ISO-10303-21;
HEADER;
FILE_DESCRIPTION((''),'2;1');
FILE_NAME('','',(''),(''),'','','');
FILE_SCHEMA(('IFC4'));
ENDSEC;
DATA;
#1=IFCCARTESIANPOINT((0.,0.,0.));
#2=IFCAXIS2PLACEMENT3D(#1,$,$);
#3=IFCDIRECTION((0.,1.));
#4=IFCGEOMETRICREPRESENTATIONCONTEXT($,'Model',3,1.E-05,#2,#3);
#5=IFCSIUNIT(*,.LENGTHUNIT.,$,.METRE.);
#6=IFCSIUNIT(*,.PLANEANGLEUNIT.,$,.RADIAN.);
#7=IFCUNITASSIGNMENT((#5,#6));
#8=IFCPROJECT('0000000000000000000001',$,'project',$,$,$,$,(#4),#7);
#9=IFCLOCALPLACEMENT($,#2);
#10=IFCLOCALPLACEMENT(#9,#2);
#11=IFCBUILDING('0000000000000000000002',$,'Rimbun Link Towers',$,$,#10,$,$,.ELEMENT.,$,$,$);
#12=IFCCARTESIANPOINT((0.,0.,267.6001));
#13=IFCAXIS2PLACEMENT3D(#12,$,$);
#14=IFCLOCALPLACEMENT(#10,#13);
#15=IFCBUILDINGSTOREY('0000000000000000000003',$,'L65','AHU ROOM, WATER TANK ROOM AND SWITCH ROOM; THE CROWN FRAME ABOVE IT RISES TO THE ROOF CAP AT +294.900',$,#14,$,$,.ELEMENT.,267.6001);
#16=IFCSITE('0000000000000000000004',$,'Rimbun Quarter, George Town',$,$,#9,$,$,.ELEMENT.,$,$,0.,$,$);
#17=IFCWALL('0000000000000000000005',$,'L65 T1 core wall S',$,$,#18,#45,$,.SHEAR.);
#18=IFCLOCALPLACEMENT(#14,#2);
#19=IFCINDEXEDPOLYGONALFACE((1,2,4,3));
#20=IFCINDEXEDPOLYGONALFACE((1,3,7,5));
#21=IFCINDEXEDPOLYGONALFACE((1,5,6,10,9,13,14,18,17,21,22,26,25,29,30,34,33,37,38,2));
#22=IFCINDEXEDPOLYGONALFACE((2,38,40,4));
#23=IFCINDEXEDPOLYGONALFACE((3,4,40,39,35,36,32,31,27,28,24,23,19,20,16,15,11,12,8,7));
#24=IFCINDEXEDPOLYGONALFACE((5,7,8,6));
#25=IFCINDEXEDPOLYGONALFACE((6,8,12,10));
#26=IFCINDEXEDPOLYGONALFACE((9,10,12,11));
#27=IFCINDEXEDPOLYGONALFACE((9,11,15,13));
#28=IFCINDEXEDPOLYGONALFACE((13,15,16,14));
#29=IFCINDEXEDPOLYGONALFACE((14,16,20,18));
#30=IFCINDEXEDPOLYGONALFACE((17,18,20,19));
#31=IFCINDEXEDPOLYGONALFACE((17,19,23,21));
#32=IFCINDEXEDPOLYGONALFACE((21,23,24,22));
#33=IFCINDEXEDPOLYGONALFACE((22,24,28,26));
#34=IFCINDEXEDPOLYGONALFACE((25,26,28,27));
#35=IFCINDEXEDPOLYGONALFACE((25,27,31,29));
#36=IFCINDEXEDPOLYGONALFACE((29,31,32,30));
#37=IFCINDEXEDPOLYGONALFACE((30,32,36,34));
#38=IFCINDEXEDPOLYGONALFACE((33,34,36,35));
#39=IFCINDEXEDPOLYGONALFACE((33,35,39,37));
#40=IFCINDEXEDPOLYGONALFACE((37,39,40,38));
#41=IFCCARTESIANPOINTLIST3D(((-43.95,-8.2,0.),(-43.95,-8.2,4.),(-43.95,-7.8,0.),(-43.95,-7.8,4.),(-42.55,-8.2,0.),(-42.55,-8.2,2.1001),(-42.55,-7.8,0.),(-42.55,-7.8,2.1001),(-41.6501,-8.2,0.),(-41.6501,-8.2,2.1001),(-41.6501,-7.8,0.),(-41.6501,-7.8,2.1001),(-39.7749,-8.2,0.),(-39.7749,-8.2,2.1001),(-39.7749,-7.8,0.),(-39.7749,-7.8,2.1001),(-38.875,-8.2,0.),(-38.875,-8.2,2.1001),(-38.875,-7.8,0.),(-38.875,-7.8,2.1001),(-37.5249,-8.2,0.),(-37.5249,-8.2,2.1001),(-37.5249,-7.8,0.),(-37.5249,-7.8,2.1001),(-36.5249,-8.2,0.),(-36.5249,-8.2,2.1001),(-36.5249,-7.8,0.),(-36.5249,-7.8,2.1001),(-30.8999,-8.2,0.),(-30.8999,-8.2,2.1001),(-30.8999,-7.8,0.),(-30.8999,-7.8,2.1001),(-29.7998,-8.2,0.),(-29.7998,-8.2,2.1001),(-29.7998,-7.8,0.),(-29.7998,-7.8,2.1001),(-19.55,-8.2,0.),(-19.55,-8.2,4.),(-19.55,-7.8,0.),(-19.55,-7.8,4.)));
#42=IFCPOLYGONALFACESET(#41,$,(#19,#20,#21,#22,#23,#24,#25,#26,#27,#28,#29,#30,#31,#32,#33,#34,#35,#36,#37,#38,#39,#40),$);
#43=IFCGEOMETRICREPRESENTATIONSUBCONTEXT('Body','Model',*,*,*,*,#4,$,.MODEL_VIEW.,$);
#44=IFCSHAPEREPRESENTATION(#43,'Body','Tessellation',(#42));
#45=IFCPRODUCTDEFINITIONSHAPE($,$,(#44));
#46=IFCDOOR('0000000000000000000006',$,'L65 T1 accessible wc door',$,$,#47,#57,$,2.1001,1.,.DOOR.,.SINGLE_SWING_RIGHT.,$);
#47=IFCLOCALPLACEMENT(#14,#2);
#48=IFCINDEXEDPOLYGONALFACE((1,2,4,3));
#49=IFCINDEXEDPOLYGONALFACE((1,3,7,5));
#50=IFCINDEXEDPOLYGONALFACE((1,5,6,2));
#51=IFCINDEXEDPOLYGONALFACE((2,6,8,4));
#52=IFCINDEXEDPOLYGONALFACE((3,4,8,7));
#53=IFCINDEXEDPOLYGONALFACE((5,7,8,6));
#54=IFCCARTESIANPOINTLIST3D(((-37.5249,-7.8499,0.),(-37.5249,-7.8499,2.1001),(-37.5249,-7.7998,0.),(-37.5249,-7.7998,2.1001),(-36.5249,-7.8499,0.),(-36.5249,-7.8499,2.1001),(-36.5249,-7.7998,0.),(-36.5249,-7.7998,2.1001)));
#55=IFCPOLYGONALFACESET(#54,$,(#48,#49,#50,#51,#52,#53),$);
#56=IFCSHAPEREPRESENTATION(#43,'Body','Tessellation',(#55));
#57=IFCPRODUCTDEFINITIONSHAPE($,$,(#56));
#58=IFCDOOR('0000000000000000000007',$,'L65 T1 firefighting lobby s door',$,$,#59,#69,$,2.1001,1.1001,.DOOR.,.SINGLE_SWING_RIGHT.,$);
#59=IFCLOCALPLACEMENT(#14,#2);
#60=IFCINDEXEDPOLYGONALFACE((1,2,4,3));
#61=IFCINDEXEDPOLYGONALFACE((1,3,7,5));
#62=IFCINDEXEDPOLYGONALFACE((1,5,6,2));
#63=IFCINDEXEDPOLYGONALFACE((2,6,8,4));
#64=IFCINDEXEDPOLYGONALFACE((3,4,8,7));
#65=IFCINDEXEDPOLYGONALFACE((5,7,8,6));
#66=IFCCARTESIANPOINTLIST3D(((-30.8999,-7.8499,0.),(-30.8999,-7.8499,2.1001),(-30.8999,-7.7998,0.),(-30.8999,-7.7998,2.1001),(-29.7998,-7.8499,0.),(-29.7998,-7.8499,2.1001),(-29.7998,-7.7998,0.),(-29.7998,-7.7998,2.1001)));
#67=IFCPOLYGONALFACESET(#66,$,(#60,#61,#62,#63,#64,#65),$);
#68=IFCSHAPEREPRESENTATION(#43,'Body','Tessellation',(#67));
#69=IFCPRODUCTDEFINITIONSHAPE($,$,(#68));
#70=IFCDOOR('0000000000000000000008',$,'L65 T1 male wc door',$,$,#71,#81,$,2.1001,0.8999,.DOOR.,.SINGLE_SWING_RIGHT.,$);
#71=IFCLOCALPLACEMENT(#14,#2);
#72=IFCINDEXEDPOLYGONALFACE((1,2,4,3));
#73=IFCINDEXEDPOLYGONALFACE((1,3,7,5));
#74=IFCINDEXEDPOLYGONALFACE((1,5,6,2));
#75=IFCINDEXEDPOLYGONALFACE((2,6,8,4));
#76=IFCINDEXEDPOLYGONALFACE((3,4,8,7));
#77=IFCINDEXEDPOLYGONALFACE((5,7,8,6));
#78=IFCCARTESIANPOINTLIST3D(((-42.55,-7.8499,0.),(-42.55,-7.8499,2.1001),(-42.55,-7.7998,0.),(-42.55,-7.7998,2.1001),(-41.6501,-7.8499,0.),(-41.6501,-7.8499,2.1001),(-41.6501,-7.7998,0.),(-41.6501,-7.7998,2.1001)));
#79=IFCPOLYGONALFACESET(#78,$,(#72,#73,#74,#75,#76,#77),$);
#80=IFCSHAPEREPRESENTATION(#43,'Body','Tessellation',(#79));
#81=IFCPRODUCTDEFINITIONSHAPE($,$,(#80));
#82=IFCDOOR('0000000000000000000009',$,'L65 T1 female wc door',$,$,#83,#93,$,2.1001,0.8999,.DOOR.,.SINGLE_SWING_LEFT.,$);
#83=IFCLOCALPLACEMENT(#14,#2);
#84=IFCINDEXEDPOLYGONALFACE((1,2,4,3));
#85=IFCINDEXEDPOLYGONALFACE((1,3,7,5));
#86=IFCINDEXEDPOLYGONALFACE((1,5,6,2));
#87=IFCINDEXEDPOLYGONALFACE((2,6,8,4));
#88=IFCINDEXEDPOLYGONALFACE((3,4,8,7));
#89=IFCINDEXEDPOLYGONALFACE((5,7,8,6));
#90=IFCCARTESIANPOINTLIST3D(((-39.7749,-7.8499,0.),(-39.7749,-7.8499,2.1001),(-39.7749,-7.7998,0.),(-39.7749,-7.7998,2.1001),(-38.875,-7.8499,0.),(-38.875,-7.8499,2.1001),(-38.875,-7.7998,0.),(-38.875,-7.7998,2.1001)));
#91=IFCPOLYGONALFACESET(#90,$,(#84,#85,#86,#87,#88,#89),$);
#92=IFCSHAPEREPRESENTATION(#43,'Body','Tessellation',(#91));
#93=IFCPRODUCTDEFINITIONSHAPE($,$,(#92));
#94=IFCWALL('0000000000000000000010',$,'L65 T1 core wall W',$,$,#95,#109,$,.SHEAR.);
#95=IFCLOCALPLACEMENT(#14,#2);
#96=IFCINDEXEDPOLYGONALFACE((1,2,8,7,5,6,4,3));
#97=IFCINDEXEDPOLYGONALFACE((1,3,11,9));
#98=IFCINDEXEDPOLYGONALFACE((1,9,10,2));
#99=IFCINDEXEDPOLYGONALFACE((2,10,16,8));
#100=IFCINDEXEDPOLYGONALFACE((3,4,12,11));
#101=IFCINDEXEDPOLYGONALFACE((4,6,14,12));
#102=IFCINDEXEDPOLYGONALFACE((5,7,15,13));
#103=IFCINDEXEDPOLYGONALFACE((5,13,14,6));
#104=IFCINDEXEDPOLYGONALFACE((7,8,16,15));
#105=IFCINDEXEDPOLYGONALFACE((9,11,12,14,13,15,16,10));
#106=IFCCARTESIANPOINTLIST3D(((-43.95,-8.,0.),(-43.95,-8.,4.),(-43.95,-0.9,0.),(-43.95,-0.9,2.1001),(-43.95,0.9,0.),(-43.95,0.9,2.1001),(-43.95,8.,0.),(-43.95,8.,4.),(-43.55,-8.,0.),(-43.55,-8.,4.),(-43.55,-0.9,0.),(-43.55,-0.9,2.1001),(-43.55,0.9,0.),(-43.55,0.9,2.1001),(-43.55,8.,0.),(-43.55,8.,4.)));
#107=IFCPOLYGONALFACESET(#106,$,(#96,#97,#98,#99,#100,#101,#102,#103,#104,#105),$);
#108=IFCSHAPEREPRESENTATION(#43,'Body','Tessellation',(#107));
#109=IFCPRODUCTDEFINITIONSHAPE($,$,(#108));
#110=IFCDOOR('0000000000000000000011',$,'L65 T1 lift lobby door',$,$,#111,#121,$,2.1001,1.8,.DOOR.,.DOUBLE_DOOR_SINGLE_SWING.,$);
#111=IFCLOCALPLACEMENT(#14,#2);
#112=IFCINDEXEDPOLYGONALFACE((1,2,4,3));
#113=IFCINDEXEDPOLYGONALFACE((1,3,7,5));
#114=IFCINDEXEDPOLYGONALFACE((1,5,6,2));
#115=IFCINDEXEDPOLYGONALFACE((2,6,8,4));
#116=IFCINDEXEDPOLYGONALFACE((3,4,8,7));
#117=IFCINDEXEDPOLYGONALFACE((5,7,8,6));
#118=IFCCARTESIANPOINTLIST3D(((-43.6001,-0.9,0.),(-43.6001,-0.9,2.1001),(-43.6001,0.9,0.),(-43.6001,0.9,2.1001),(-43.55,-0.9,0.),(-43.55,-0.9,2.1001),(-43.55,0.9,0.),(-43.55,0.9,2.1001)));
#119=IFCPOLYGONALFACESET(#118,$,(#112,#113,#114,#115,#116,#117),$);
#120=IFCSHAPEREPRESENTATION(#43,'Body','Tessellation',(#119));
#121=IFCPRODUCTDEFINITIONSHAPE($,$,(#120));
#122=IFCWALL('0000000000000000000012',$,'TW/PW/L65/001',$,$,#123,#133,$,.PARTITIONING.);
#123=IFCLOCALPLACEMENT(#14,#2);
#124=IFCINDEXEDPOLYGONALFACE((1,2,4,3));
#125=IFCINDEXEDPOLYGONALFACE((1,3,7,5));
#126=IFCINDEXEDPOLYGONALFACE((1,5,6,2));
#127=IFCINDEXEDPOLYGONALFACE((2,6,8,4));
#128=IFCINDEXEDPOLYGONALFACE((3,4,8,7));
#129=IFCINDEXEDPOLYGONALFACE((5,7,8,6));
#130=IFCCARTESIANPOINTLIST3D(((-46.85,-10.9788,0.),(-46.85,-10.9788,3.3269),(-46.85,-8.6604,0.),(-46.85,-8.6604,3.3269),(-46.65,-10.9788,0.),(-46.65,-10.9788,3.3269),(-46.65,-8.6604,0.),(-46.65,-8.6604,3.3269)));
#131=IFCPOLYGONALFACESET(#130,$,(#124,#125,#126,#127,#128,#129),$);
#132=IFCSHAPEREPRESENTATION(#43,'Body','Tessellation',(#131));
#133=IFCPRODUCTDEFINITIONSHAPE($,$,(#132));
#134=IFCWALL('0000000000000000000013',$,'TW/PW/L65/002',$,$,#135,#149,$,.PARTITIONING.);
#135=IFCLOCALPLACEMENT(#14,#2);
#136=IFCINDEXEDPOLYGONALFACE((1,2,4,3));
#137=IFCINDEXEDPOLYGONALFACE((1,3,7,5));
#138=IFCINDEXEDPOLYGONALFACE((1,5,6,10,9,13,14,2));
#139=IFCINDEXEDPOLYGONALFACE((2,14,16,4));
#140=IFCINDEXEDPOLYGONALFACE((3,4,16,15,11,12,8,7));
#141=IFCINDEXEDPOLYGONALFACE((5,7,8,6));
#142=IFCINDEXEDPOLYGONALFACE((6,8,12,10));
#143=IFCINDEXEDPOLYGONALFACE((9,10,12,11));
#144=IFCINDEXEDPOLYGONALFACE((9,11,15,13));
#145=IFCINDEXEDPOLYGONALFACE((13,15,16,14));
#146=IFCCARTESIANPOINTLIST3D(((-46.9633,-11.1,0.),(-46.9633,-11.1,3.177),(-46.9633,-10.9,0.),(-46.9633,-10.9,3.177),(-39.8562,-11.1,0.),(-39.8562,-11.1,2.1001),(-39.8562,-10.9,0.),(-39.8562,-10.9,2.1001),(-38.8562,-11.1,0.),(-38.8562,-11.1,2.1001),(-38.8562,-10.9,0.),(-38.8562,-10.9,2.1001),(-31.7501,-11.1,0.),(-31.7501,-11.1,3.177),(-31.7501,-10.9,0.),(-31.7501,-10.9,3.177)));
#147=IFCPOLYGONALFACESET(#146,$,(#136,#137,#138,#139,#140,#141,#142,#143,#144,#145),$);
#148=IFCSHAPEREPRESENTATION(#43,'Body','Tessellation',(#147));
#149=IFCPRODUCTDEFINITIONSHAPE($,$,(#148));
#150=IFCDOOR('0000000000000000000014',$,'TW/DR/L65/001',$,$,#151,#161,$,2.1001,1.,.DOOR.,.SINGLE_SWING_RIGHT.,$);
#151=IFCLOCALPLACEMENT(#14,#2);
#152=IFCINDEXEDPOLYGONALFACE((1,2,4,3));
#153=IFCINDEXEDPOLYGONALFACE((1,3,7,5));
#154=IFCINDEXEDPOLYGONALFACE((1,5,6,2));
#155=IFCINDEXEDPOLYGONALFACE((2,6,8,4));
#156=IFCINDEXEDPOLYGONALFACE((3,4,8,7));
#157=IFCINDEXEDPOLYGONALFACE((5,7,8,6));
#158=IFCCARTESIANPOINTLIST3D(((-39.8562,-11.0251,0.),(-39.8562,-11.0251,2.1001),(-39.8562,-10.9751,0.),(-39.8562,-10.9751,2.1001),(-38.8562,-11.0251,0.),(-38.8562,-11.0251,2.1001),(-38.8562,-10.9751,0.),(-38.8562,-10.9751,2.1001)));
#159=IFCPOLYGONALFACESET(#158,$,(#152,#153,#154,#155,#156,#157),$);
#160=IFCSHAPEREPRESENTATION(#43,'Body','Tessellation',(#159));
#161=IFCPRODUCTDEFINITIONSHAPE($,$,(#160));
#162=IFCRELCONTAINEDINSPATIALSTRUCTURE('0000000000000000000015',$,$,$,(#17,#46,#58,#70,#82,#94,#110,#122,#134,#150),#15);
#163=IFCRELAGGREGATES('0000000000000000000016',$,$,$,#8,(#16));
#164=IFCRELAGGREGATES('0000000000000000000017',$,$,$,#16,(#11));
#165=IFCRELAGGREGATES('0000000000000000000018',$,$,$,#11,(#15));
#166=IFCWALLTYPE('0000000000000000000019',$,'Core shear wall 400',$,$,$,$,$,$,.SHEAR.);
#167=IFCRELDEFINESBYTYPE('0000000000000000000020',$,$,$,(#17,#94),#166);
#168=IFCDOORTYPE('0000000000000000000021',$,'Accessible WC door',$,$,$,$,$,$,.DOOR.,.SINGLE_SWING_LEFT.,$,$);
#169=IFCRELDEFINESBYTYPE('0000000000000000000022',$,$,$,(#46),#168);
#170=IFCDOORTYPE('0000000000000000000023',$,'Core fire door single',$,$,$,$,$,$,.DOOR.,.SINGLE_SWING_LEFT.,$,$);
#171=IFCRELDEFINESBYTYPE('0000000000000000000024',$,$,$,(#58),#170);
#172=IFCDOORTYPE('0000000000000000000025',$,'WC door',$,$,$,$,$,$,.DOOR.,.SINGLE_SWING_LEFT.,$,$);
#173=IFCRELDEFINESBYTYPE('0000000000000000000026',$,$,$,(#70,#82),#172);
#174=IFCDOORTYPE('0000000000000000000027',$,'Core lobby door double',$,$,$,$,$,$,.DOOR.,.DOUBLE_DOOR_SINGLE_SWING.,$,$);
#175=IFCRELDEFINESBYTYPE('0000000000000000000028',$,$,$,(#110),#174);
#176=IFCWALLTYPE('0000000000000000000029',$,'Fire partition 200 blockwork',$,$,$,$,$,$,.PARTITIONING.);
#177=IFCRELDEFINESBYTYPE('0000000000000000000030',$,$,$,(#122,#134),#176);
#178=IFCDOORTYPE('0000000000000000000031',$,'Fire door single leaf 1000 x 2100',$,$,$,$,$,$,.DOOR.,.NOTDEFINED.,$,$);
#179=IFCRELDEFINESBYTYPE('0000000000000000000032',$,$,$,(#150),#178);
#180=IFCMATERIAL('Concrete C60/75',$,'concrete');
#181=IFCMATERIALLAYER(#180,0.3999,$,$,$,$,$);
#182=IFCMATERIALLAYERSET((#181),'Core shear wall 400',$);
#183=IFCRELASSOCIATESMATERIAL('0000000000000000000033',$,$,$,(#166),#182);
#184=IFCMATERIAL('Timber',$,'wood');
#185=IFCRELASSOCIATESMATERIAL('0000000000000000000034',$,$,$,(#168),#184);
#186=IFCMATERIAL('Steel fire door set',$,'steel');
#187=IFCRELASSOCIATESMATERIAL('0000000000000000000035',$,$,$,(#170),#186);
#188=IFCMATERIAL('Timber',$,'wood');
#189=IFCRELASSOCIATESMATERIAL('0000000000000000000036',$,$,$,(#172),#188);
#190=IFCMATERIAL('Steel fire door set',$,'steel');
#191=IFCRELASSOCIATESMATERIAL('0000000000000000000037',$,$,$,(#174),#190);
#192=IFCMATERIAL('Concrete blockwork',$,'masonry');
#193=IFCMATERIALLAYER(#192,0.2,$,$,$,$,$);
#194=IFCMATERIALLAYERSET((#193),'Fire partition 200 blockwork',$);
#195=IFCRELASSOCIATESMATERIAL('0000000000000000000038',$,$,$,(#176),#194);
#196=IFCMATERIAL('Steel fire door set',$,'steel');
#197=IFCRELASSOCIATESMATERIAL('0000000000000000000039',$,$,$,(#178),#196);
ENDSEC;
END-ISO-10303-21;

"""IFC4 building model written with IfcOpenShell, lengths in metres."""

from ifc_helpers import new_model, si_unit, direction, frame, frame_2d, origin, place, context, subcontext, project, spatial, rectangle, extrude, material, layer, layer_set, type_object, element, fill, save


model = new_model("IFC4")

# Units and contexts
model_context = context("Model", 3, precision=1e-05, world=origin(), true_north=direction((0.0, 1.0)))
body_context = subcontext(model_context, "Body", "Model", "MODEL_VIEW")
ifc_project = project(units=[si_unit("LENGTHUNIT", "METRE"), si_unit("PLANEANGLEUNIT", "RADIAN")], contexts=[model_context])

# Site, building, storey
site_placement = place(None, origin())
site = spatial("IfcSite", under=ifc_project, at=site_placement, Name="Rimbun Quarter, George Town", CompositionType="ELEMENT", RefElevation=0.0)
building_placement = place(site_placement, origin())
building = spatial("IfcBuilding", under=site, at=building_placement, Name="Rimbun Link Towers", CompositionType="ELEMENT")
storey_placement = place(building_placement, frame((0.0, 0.0, 267.6001)))
storey = spatial("IfcBuildingStorey", under=building, at=storey_placement, Name="L65", Description="AHU ROOM, WATER TANK ROOM AND SWITCH ROOM; THE CROWN FRAME ABOVE IT RISES TO THE ROOF CAP AT +294.900", CompositionType="ELEMENT", Elevation=267.6001)

# Wall, openings, doors
ifc_material_1 = material(Name="Concrete C60/75", Category="concrete")
ifc_layer_1 = layer(ifc_material_1, 0.3999)
ifc_layer_set_1 = layer_set([ifc_layer_1], Name="Core shear wall 400")
wall_type_1 = type_object("IfcWallType", Name="Core shear wall 400", PredefinedType="SHEAR", material=ifc_layer_set_1)
wall_1_placement = place(storey_placement, frame((-43.95, -8.0, 0.0), z_axis=(0.0, 0.0, 1.0), x_axis=(1.0, 0.0, 0.0)))
wall_1 = element("IfcWall", 1, at=wall_1_placement, inside=storey, type_object=wall_type_1, Name="L65 T1 core wall S", PredefinedType="SHEAR", context=body_context, shape_type="SweptSolid", body=[
    extrude(rectangle(XDim=24.3999, YDim=0.3999, at=frame_2d((12.2, 0.0))), origin(), (0.0, 0.0, 1.0), 4.0),
])
opening_1_placement = place(wall_1_placement, frame((13.05, 0.0, 0.0)))
opening_1 = element("IfcOpeningElement", 2, at=opening_1_placement, cuts=wall_1, PredefinedType="OPENING", context=body_context, shape_type="SweptSolid", body=[
    extrude(rectangle(XDim=1.1001, YDim=2.1001, at=frame_2d((0.55, 1.05))), frame((0.0, 0.21, 0.0), z_axis=(0.0, -1.0, 0.0), x_axis=(1.0, 0.0, 0.0)), (0.0, 0.0, 1.0), 0.4199),
])
opening_2_placement = place(wall_1_placement, frame((1.3999, 0.0, 0.0)))
opening_2 = element("IfcOpeningElement", 3, at=opening_2_placement, cuts=wall_1, PredefinedType="OPENING", context=body_context, shape_type="SweptSolid", body=[
    extrude(rectangle(XDim=0.8999, YDim=2.1001, at=frame_2d((0.45, 1.05))), frame((0.0, 0.21, 0.0), z_axis=(0.0, -1.0, 0.0), x_axis=(1.0, 0.0, 0.0)), (0.0, 0.0, 1.0), 0.4199),
])
opening_3_placement = place(wall_1_placement, frame((4.175, 0.0, 0.0)))
opening_3 = element("IfcOpeningElement", 4, at=opening_3_placement, cuts=wall_1, PredefinedType="OPENING", context=body_context, shape_type="SweptSolid", body=[
    extrude(rectangle(XDim=0.8999, YDim=2.1001, at=frame_2d((0.45, 1.05))), frame((0.0, 0.21, 0.0), z_axis=(0.0, -1.0, 0.0), x_axis=(1.0, 0.0, 0.0)), (0.0, 0.0, 1.0), 0.4199),
])
opening_4_placement = place(wall_1_placement, frame((6.425, 0.0, 0.0)))
opening_4 = element("IfcOpeningElement", 5, at=opening_4_placement, cuts=wall_1, PredefinedType="OPENING", context=body_context, shape_type="SweptSolid", body=[
    extrude(rectangle(XDim=1.0, YDim=2.1001, at=frame_2d((0.5, 1.05))), frame((0.0, 0.21, 0.0), z_axis=(0.0, -1.0, 0.0), x_axis=(1.0, 0.0, 0.0)), (0.0, 0.0, 1.0), 0.4199),
])
ifc_material_2 = material(Name="Timber", Category="wood")
door_type_1 = type_object("IfcDoorType", Name="Accessible WC door", OperationType="SINGLE_SWING_LEFT", PredefinedType="DOOR", material=ifc_material_2)
door_1_placement = place(opening_4_placement, origin())
door_1 = element("IfcDoor", 6, at=door_1_placement, inside=storey, type_object=door_type_1, Name="L65 T1 accessible wc door", OperationType="SINGLE_SWING_RIGHT", OverallHeight=2.1001, OverallWidth=1.0, PredefinedType="DOOR", context=body_context, shape_type="SweptSolid", body=[
    extrude(rectangle(XDim=1.0, YDim=2.1001, at=frame_2d((0.5, 1.05))), frame((0.0, 0.2002, 0.0), z_axis=(0.0, -1.0, 0.0), x_axis=(1.0, 0.0, 0.0)), (0.0, 0.0, 1.0), 0.05),
])
fill(opening_4, door_1)
ifc_material_3 = material(Name="Steel fire door set", Category="steel")
door_type_2 = type_object("IfcDoorType", Name="Core fire door single", OperationType="SINGLE_SWING_LEFT", PredefinedType="DOOR", material=ifc_material_3)
door_2_placement = place(opening_1_placement, origin())
door_2 = element("IfcDoor", 7, at=door_2_placement, inside=storey, type_object=door_type_2, Name="L65 T1 firefighting lobby s door", OperationType="SINGLE_SWING_RIGHT", OverallHeight=2.1001, OverallWidth=1.1001, PredefinedType="DOOR", context=body_context, shape_type="SweptSolid", body=[
    extrude(rectangle(XDim=1.1001, YDim=2.1001, at=frame_2d((0.55, 1.05))), frame((0.0, 0.2002, 0.0), z_axis=(0.0, -1.0, 0.0), x_axis=(1.0, 0.0, 0.0)), (0.0, 0.0, 1.0), 0.05),
])
fill(opening_1, door_2)
ifc_material_4 = material(Name="Timber", Category="wood")
door_type_3 = type_object("IfcDoorType", Name="WC door", OperationType="SINGLE_SWING_LEFT", PredefinedType="DOOR", material=ifc_material_4)
door_3_placement = place(opening_2_placement, origin())
door_3 = element("IfcDoor", 8, at=door_3_placement, inside=storey, type_object=door_type_3, Name="L65 T1 male wc door", OperationType="SINGLE_SWING_RIGHT", OverallHeight=2.1001, OverallWidth=0.8999, PredefinedType="DOOR", context=body_context, shape_type="SweptSolid", body=[
    extrude(rectangle(XDim=0.8999, YDim=2.1001, at=frame_2d((0.45, 1.05))), frame((0.0, 0.2002, 0.0), z_axis=(0.0, -1.0, 0.0), x_axis=(1.0, 0.0, 0.0)), (0.0, 0.0, 1.0), 0.05),
])
fill(opening_2, door_3)
door_4_placement = place(opening_3_placement, origin())
door_4 = element("IfcDoor", 9, at=door_4_placement, inside=storey, type_object=door_type_3, Name="L65 T1 female wc door", OperationType="SINGLE_SWING_LEFT", OverallHeight=2.1001, OverallWidth=0.8999, PredefinedType="DOOR", context=body_context, shape_type="SweptSolid", body=[
    extrude(rectangle(XDim=0.8999, YDim=2.1001, at=frame_2d((0.45, 1.05))), frame((0.0, 0.2002, 0.0), z_axis=(0.0, -1.0, 0.0), x_axis=(1.0, 0.0, 0.0)), (0.0, 0.0, 1.0), 0.05),
])
fill(opening_3, door_4)

# Wall, opening, door
wall_2_placement = place(storey_placement, frame((-43.75, -8.0, 0.0), z_axis=(0.0, 0.0, 1.0), x_axis=(0.0, 1.0, 0.0)))
wall_2 = element("IfcWall", 10, at=wall_2_placement, inside=storey, type_object=wall_type_1, Name="L65 T1 core wall W", PredefinedType="SHEAR", context=body_context, shape_type="SweptSolid", body=[
    extrude(rectangle(XDim=16.0, YDim=0.3999, at=frame_2d((8.0, 0.0))), origin(), (0.0, 0.0, 1.0), 4.0),
])
opening_5_placement = place(wall_2_placement, frame((7.1001, 0.0, 0.0)))
opening_5 = element("IfcOpeningElement", 11, at=opening_5_placement, cuts=wall_2, PredefinedType="OPENING", context=body_context, shape_type="SweptSolid", body=[
    extrude(rectangle(XDim=1.8, YDim=2.1001, at=frame_2d((0.8999, 1.05))), frame((0.0, 0.21, 0.0), z_axis=(0.0, -1.0, 0.0), x_axis=(1.0, 0.0, 0.0)), (0.0, 0.0, 1.0), 0.4199),
])
ifc_material_5 = material(Name="Steel fire door set", Category="steel")
door_type_4 = type_object("IfcDoorType", Name="Core lobby door double", OperationType="DOUBLE_DOOR_SINGLE_SWING", PredefinedType="DOOR", material=ifc_material_5)
door_5_placement = place(opening_5_placement, origin())
door_5 = element("IfcDoor", 12, at=door_5_placement, inside=storey, type_object=door_type_4, Name="L65 T1 lift lobby door", OperationType="DOUBLE_DOOR_SINGLE_SWING", OverallHeight=2.1001, OverallWidth=1.8, PredefinedType="DOOR", context=body_context, shape_type="SweptSolid", body=[
    extrude(rectangle(XDim=1.8, YDim=2.1001, at=frame_2d((0.8999, 1.05))), frame((0.0, -0.1499, 0.0), z_axis=(0.0, -1.0, 0.0), x_axis=(1.0, 0.0, 0.0)), (0.0, 0.0, 1.0), 0.05),
])
fill(opening_5, door_5)

# Wall
ifc_material_6 = material(Name="Concrete blockwork", Category="masonry")
ifc_layer_2 = layer(ifc_material_6, 0.2)
ifc_layer_set_2 = layer_set([ifc_layer_2], Name="Fire partition 200 blockwork")
wall_type_2 = type_object("IfcWallType", Name="Fire partition 200 blockwork", PredefinedType="PARTITIONING", material=ifc_layer_set_2)
wall_3_placement = place(storey_placement, frame((-46.75, -8.6604, 0.0), z_axis=(0.0, 0.0, 1.0), x_axis=(0.0, -1.0, 0.0)))
element("IfcWall", 13, at=wall_3_placement, inside=storey, type_object=wall_type_2, Name="TW/PW/L65/001", PredefinedType="PARTITIONING", context=body_context, shape_type="SweptSolid", body=[
    extrude(rectangle(XDim=2.3184, YDim=0.2, at=frame_2d((1.1592, 0.0))), origin(), (0.0, 0.0, 1.0), 3.3269),
])

# Wall, opening, door
wall_4_placement = place(storey_placement, frame((-46.9631, -11.0, 0.0), z_axis=(0.0, 0.0, 1.0), x_axis=(1.0, 0.0, 0.0)))
wall_4 = element("IfcWall", 14, at=wall_4_placement, inside=storey, type_object=wall_type_2, Name="TW/PW/L65/002", PredefinedType="PARTITIONING", context=body_context, shape_type="SweptSolid", body=[
    extrude(rectangle(XDim=15.2131, YDim=0.2, at=frame_2d((7.6064, 0.0))), origin(), (0.0, 0.0, 1.0), 3.177),
])
opening_6_placement = place(wall_4_placement, frame((7.1069, 0.0, 0.0)))
opening_6 = element("IfcOpeningElement", 15, at=opening_6_placement, cuts=wall_4, PredefinedType="OPENING", context=body_context, shape_type="SweptSolid", body=[
    extrude(rectangle(XDim=1.0, YDim=2.1001, at=frame_2d((0.5, 1.05))), frame((0.0, 0.1099, 0.0), z_axis=(0.0, -1.0, 0.0), x_axis=(1.0, 0.0, 0.0)), (0.0, 0.0, 1.0), 0.22),
])
ifc_material_7 = material(Name="Steel fire door set", Category="steel")
door_type_5 = type_object("IfcDoorType", Name="Fire door single leaf 1000 x 2100", OperationType="NOTDEFINED", PredefinedType="DOOR", material=ifc_material_7)
door_6_placement = place(opening_6_placement, origin())
door_6 = element("IfcDoor", 16, at=door_6_placement, inside=storey, type_object=door_type_5, Name="TW/DR/L65/001", OperationType="SINGLE_SWING_RIGHT", OverallHeight=2.1001, OverallWidth=1.0, PredefinedType="DOOR", context=body_context, shape_type="SweptSolid", body=[
    extrude(rectangle(XDim=1.0, YDim=2.1001, at=frame_2d((0.5, 1.05))), frame((0.0, 0.0249, 0.0), z_axis=(0.0, -1.0, 0.0), x_axis=(1.0, 0.0, 0.0)), (0.0, 0.0, 1.0), 0.05),
])
fill(opening_6, door_6)

save(model, "model.ifc")
